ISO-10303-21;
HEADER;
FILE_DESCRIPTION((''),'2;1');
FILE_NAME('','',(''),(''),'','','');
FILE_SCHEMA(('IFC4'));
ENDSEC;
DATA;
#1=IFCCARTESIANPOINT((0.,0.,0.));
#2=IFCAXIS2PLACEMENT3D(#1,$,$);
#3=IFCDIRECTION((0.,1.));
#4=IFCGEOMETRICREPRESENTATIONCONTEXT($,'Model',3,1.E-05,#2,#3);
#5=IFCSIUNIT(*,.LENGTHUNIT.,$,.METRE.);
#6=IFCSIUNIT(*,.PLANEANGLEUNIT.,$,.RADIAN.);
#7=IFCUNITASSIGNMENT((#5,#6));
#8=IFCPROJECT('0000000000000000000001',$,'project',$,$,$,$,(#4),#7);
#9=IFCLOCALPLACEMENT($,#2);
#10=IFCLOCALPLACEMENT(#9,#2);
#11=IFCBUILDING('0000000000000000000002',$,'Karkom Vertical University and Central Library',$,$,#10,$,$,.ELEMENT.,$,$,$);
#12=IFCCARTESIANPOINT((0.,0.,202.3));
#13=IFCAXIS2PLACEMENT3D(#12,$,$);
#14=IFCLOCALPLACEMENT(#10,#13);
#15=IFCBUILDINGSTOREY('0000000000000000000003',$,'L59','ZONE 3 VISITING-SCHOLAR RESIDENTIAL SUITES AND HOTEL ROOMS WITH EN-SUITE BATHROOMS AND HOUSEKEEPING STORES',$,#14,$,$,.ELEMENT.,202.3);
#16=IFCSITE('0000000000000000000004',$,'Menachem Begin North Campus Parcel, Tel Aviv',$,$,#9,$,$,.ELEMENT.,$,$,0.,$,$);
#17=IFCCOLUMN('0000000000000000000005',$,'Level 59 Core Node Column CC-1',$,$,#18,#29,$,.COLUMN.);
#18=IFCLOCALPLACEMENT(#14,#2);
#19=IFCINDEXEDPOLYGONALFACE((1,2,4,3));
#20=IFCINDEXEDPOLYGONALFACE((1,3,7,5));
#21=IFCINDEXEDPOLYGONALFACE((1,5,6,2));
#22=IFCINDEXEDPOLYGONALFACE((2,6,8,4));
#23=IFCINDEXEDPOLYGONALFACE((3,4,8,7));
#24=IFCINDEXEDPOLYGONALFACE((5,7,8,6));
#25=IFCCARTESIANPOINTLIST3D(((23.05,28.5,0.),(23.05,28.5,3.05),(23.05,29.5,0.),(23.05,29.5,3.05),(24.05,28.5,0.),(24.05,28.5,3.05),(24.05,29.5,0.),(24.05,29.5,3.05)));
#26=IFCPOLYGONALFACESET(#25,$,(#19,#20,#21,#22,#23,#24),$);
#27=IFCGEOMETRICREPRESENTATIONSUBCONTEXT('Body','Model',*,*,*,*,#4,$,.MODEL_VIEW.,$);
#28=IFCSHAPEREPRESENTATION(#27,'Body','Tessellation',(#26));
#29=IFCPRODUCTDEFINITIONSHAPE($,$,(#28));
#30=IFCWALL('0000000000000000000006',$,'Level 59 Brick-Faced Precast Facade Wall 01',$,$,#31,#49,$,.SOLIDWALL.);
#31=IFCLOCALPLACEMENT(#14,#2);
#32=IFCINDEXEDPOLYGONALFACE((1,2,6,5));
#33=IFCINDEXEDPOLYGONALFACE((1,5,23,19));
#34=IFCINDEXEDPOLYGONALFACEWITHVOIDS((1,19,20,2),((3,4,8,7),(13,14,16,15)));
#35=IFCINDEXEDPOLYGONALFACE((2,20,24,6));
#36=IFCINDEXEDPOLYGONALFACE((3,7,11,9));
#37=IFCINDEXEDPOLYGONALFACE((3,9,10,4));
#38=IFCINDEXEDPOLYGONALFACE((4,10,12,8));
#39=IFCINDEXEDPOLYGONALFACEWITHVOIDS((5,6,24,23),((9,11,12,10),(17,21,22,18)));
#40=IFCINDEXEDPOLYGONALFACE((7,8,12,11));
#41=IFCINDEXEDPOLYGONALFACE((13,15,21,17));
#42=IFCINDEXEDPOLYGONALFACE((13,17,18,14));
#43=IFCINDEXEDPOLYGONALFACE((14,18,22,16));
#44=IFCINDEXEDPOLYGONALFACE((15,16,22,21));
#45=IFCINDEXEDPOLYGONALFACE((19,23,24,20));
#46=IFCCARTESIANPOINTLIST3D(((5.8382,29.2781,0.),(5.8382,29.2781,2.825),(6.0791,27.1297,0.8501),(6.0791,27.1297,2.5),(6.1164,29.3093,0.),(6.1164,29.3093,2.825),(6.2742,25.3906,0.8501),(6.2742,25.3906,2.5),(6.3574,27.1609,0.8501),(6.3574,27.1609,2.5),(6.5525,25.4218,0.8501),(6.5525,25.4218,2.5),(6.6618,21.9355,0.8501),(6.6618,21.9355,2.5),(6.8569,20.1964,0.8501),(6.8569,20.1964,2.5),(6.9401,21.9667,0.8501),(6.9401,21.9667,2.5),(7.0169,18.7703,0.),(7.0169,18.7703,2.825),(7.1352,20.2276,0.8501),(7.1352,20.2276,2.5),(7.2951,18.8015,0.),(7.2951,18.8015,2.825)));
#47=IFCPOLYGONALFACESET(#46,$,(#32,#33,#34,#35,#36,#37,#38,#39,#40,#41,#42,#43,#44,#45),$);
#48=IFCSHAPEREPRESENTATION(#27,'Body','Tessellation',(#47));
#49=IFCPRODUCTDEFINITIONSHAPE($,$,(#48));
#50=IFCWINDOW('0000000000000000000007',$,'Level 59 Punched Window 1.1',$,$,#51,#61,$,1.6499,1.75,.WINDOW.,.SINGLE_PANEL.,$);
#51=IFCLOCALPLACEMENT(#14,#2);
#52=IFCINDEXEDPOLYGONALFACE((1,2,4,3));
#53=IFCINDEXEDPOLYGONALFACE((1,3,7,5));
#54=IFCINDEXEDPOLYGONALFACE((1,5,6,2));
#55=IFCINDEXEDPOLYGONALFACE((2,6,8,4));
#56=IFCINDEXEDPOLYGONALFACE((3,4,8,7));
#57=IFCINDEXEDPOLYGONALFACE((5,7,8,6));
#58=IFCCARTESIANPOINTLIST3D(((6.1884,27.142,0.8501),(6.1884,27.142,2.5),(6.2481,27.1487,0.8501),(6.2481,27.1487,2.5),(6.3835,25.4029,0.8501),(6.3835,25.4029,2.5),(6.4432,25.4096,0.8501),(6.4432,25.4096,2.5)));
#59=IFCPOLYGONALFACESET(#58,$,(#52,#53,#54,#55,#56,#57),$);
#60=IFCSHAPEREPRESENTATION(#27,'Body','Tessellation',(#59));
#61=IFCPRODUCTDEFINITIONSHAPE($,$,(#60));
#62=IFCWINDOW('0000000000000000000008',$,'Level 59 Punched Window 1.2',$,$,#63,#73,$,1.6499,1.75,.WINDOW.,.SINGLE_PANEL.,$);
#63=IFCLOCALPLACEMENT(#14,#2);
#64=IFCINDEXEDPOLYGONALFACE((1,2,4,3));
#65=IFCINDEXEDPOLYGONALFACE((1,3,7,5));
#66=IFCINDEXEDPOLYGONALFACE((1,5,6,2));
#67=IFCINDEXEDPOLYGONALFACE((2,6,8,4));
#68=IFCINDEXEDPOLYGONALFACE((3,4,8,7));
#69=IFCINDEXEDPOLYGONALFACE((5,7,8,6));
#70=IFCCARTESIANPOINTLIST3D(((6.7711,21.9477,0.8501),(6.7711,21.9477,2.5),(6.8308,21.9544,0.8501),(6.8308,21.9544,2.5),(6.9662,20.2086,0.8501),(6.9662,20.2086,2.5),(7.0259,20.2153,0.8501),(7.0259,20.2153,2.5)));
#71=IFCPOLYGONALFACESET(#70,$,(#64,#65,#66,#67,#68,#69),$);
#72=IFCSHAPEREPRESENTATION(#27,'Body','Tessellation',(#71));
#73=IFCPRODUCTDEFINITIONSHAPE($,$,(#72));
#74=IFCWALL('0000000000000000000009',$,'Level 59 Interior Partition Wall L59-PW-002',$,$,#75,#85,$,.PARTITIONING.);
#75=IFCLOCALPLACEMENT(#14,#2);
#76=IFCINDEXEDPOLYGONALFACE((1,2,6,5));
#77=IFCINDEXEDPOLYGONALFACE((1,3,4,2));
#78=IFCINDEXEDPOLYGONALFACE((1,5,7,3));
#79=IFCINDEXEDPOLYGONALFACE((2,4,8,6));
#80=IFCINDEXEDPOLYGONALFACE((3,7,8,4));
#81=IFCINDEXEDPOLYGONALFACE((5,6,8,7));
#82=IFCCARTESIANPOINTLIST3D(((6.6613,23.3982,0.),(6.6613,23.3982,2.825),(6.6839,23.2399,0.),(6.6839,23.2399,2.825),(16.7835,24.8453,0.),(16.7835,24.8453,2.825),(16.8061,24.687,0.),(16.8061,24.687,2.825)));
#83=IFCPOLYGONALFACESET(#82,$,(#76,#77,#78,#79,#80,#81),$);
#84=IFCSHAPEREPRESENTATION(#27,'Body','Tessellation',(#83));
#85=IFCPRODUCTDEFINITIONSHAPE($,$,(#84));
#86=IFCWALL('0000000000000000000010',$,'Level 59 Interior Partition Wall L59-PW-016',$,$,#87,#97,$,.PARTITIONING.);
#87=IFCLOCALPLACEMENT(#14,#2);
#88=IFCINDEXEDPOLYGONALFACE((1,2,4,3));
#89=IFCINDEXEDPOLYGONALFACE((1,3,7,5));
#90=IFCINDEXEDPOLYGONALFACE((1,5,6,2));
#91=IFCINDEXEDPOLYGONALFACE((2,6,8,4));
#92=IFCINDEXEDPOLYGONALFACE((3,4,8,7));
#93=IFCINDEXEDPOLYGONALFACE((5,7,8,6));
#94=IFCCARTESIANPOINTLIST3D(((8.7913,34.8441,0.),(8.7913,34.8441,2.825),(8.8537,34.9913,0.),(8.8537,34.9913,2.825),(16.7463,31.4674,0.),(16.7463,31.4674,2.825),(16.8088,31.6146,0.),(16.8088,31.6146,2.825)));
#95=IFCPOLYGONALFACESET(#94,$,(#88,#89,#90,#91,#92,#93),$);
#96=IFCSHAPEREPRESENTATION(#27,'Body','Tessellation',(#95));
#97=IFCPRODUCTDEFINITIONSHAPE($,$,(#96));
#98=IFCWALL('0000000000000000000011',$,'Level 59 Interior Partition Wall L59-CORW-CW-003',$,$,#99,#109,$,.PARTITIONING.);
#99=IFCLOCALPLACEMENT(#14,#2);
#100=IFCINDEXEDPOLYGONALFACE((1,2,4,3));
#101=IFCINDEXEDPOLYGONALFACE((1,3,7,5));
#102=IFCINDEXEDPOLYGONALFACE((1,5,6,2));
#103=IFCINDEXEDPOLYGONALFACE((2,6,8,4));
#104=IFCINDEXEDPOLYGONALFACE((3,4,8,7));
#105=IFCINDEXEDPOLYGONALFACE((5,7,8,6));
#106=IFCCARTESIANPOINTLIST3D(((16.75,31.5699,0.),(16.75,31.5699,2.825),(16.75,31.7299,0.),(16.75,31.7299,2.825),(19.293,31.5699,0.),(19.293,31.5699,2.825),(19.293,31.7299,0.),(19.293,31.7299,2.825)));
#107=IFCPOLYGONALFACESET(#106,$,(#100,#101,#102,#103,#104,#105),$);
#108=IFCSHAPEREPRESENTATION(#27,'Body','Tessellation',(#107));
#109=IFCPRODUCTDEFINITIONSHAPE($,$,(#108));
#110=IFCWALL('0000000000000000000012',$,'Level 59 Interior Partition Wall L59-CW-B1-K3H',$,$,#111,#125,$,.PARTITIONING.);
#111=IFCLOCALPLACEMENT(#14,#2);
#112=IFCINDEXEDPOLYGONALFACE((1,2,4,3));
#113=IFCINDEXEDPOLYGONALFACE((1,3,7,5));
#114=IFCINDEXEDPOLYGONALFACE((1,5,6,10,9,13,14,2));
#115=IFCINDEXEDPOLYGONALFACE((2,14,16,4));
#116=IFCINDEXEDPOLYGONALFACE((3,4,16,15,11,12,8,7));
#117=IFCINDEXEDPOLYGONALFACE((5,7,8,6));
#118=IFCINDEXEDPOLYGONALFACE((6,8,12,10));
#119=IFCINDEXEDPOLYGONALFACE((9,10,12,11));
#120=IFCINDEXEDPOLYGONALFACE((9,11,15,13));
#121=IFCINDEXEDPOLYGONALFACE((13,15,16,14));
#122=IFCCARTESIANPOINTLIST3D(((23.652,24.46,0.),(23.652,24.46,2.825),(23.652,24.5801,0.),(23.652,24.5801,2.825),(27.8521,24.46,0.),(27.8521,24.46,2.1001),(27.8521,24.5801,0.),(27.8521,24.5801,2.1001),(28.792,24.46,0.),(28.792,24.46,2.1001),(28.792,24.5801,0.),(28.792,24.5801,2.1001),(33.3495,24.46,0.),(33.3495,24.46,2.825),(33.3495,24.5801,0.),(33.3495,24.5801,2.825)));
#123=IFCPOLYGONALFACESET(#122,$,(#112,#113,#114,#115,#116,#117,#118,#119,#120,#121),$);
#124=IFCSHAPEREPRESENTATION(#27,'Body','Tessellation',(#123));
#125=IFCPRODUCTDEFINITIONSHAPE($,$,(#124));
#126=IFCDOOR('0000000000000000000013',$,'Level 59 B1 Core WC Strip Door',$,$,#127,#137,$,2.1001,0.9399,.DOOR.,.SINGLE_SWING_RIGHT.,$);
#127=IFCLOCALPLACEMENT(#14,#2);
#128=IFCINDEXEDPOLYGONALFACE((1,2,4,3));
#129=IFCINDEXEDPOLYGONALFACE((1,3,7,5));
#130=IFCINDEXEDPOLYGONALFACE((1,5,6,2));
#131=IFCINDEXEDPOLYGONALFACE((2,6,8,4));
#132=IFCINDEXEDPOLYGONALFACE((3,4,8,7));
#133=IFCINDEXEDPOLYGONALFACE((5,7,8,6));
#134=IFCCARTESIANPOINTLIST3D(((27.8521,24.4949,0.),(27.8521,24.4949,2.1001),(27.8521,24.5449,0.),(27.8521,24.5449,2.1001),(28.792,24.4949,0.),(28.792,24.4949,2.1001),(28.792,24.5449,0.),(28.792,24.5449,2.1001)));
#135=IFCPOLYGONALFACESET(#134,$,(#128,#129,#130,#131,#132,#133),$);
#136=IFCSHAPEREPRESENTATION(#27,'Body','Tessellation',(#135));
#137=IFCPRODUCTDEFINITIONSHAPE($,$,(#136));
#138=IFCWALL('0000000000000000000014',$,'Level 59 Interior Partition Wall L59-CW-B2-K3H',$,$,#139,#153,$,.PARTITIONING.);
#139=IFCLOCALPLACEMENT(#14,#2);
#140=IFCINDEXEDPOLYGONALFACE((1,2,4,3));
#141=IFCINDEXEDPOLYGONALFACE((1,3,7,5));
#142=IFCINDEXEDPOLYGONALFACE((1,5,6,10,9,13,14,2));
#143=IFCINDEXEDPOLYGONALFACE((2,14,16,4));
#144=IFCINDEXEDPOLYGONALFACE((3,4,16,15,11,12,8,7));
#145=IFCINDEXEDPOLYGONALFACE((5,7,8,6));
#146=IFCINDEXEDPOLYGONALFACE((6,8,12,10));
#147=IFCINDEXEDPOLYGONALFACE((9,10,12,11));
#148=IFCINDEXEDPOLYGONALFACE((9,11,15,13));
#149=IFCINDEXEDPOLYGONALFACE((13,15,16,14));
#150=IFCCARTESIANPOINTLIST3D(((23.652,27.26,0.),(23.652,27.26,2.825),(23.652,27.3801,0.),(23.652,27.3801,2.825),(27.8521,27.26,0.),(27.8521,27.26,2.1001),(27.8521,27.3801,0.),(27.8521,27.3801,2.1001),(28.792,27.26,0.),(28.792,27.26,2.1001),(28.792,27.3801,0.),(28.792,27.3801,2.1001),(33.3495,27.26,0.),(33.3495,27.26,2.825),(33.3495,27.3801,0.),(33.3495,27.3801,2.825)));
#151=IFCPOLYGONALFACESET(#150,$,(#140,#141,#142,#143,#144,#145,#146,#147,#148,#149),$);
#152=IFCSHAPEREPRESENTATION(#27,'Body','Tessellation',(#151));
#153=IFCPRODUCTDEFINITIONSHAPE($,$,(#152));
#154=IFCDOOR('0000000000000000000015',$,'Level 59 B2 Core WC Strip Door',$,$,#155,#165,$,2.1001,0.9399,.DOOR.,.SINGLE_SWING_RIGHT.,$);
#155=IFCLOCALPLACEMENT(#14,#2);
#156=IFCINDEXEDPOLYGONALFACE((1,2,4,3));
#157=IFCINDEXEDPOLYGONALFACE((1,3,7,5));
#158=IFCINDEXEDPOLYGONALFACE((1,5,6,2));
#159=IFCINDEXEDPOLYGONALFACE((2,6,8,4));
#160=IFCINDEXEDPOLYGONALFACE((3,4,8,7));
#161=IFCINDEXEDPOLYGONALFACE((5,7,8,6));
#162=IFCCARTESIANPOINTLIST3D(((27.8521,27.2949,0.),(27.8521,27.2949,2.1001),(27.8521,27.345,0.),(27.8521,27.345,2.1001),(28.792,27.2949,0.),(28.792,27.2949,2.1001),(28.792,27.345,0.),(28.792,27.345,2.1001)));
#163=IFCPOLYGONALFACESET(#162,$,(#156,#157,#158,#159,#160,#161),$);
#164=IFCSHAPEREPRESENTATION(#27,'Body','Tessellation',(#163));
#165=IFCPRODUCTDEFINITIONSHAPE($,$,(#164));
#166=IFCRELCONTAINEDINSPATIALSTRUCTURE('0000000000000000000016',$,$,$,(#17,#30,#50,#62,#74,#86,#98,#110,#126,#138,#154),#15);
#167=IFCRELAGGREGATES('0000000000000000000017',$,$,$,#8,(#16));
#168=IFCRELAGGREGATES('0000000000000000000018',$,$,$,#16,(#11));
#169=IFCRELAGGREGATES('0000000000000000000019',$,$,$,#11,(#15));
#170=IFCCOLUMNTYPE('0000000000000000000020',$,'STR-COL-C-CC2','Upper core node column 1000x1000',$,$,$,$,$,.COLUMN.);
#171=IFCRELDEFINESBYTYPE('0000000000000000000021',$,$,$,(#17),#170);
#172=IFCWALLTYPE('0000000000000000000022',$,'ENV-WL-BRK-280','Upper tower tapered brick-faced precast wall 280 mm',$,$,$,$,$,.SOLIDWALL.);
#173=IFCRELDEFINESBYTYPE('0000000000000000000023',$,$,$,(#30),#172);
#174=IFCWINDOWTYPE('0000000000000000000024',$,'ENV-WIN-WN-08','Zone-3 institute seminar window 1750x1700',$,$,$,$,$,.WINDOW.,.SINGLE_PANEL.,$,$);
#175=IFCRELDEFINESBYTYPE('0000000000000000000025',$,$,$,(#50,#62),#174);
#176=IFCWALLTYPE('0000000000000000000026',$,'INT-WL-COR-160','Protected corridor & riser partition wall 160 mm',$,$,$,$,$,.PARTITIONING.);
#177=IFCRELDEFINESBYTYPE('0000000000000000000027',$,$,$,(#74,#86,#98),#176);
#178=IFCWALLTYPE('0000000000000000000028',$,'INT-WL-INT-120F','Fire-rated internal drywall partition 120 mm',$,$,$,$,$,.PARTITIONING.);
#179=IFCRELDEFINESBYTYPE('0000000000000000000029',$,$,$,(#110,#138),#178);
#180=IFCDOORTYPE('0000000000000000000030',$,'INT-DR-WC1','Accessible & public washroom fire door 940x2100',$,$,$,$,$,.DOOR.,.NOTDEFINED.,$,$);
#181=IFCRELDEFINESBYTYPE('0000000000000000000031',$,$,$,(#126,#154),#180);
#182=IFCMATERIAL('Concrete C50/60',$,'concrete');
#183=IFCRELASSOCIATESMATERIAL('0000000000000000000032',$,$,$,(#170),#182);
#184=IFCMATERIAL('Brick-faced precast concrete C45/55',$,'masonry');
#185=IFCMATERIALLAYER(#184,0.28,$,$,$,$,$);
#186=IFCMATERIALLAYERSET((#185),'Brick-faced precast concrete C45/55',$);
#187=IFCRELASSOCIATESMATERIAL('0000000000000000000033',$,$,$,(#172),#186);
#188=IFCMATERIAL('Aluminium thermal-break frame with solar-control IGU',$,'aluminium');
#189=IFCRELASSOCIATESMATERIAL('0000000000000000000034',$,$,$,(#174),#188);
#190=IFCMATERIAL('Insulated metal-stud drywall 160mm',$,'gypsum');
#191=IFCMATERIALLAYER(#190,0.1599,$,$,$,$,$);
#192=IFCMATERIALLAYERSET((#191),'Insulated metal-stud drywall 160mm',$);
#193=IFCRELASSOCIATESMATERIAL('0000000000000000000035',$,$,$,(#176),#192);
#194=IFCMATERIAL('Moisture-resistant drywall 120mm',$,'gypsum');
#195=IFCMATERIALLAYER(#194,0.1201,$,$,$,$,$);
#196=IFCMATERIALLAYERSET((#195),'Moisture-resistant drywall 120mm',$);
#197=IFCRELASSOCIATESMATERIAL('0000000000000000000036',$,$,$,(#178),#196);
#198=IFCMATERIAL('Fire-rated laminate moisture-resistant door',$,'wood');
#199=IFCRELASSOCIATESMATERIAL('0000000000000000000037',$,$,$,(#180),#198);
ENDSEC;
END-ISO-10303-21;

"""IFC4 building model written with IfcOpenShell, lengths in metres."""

from ifc_helpers import new_model, si_unit, direction, frame, frame_2d, origin, origin_with_axes, origin_2d, place, context, subcontext, project, spatial, rectangle, extrude, source, transform, mapped, material, layer, layer_set, material_profile, profile_set, type_object, element, fill, save


model = new_model("IFC4")

# Units and contexts
model_context = context("Model", 3, precision=1e-05, world=origin(), true_north=direction((0.0, 1.0)))
body_context = subcontext(model_context, "Body", "Model", "MODEL_VIEW")
ifc_project = project(units=[si_unit("LENGTHUNIT", "METRE"), si_unit("PLANEANGLEUNIT", "RADIAN")], contexts=[model_context])

# Site, building, storey
site_placement = place(None, origin())
site = spatial("IfcSite", under=ifc_project, at=site_placement, Name="Menachem Begin North Campus Parcel, Tel Aviv", CompositionType="ELEMENT", RefElevation=0.0)
building_placement = place(site_placement, origin())
building = spatial("IfcBuilding", under=site, at=building_placement, Name="Karkom Vertical University and Central Library", CompositionType="ELEMENT")
storey_placement = place(building_placement, frame((0.0, 0.0, 202.3)))
storey = spatial("IfcBuildingStorey", under=building, at=storey_placement, Name="L59", Description="ZONE 3 VISITING-SCHOLAR RESIDENTIAL SUITES AND HOTEL ROOMS WITH EN-SUITE BATHROOMS AND HOUSEKEEPING STORES", CompositionType="ELEMENT", Elevation=202.3)

# Column
ifc_material_1 = material(Name="Concrete C50/60", Category="concrete")
ifc_material_profile = material_profile(ifc_material_1, rectangle(XDim=1.0, YDim=1.0, at=origin_2d()), Name="RC-1000x1000")
ifc_profile_set = profile_set([ifc_material_profile], Name="Concrete C50/60")
column_type = type_object("IfcColumnType", Name="STR-COL-C-CC2", Description="Upper core node column 1000x1000", PredefinedType="COLUMN", material=ifc_profile_set)
shared_shape_1 = source(origin_with_axes(), body_context, "Body", "SweptSolid", [
    extrude(rectangle(XDim=1.0, YDim=1.0, at=origin_2d()), origin(), (0.0, 0.0, 1.0), 3.05),
])
column_placement = place(storey_placement, frame((23.55, 29.0, 0.0), z_axis=(0.0, 0.0, 1.0), x_axis=(1.0, 0.0, 0.0)))
element("IfcColumn", 1, at=column_placement, inside=storey, type_object=column_type, Name="Level 59 Core Node Column CC-1", PredefinedType="COLUMN", context=body_context, shape_type="MappedRepresentation", body=[
    mapped(shared_shape_1, transform((0.0, 0.0, 0.0), scale=1.0)),
])

# Wall, openings, windows
ifc_material_2 = material(Name="Brick-faced precast concrete C45/55", Category="masonry")
ifc_layer_1 = layer(ifc_material_2, 0.28)
ifc_layer_set_1 = layer_set([ifc_layer_1], Name="Brick-faced precast concrete C45/55")
wall_type_1 = type_object("IfcWallType", Name="ENV-WL-BRK-280", Description="Upper tower tapered brick-faced precast wall 280 mm", PredefinedType="SOLIDWALL", material=ifc_layer_set_1)
wall_1_placement = place(storey_placement, frame((5.9773, 29.2937, 0.0), z_axis=(0.0, 0.0, 1.0), x_axis=(0.111476, -0.993767, 0.0)))
wall_1 = element("IfcWall", 2, at=wall_1_placement, inside=storey, type_object=wall_type_1, Name="Level 59 Brick-Faced Precast Facade Wall 01", PredefinedType="SOLIDWALL", context=body_context, shape_type="SweptSolid", body=[
    extrude(rectangle(XDim=10.5737, YDim=0.28, at=frame_2d((5.2869, 0.0))), origin(), (0.0, 0.0, 1.0), 2.825),
])
opening_1_placement = place(wall_1_placement, frame((2.1619, 0.0, 0.8501)))
opening_1 = element("IfcOpeningElement", 3, at=opening_1_placement, cuts=wall_1, PredefinedType="OPENING", context=body_context, shape_type="SweptSolid", body=[
    extrude(rectangle(XDim=1.75, YDim=1.6499, at=frame_2d((0.875, 0.825))), frame((0.0, 0.1499, 0.0), z_axis=(0.0, -1.0, 0.0), x_axis=(1.0, 0.0, 0.0)), (0.0, 0.0, 1.0), 0.3),
])
opening_2_placement = place(wall_1_placement, frame((7.3887, 0.0, 0.8501)))
opening_2 = element("IfcOpeningElement", 4, at=opening_2_placement, cuts=wall_1, PredefinedType="OPENING", context=body_context, shape_type="SweptSolid", body=[
    extrude(rectangle(XDim=1.75, YDim=1.6499, at=frame_2d((0.875, 0.825))), frame((0.0, 0.1499, 0.0), z_axis=(0.0, -1.0, 0.0), x_axis=(1.0, 0.0, 0.0)), (0.0, 0.0, 1.0), 0.3),
])
ifc_material_3 = material(Name="Aluminium thermal-break frame with solar-control IGU", Category="aluminium")
window_type = type_object("IfcWindowType", Name="ENV-WIN-WN-08", Description="Zone-3 institute seminar window 1750x1700", PartitioningType="SINGLE_PANEL", PredefinedType="WINDOW", material=ifc_material_3)
shared_shape_2 = source(origin_with_axes(), body_context, "Body", "SweptSolid", [
    extrude(rectangle(XDim=1.75, YDim=1.6499, at=frame_2d((0.875, 0.825))), frame((0.0, 0.03, 0.0), z_axis=(0.0, -1.0, 0.0), x_axis=(1.0, 0.0, 0.0)), (0.0, 0.0, 1.0), 0.0601),
])
window_1_placement = place(opening_1_placement, origin())
window_1 = element("IfcWindow", 5, at=window_1_placement, inside=storey, type_object=window_type, Name="Level 59 Punched Window 1.1", OverallHeight=1.6499, OverallWidth=1.75, PartitioningType="SINGLE_PANEL", PredefinedType="WINDOW", context=body_context, shape_type="MappedRepresentation", body=[
    mapped(shared_shape_2, transform((0.0, 0.0, 0.0), scale=1.0)),
])
fill(opening_1, window_1)
window_2_placement = place(opening_2_placement, origin())
window_2 = element("IfcWindow", 6, at=window_2_placement, inside=storey, type_object=window_type, Name="Level 59 Punched Window 1.2", OverallHeight=1.6499, OverallWidth=1.75, PartitioningType="SINGLE_PANEL", PredefinedType="WINDOW", context=body_context, shape_type="MappedRepresentation", body=[
    mapped(shared_shape_2, transform((0.0, 0.0, 0.0), scale=1.0)),
])
fill(opening_2, window_2)

# Walls
ifc_material_4 = material(Name="Insulated metal-stud drywall 160mm", Category="gypsum")
ifc_layer_2 = layer(ifc_material_4, 0.1599)
ifc_layer_set_2 = layer_set([ifc_layer_2], Name="Insulated metal-stud drywall 160mm")
wall_type_2 = type_object("IfcWallType", Name="INT-WL-COR-160", Description="Protected corridor & riser partition wall 160 mm", PredefinedType="PARTITIONING", material=ifc_layer_set_2)
wall_2_placement = place(storey_placement, frame((6.6726, 23.3191, 0.0), z_axis=(0.0, 0.0, 1.0), x_axis=(0.989936, 0.141518, 0.0)))
element("IfcWall", 7, at=wall_2_placement, inside=storey, type_object=wall_type_2, Name="Level 59 Interior Partition Wall L59-PW-002", PredefinedType="PARTITIONING", context=body_context, shape_type="SweptSolid", body=[
    extrude(rectangle(XDim=10.2251, YDim=0.1599, at=frame_2d((5.1125, 0.0))), origin(), (0.0, 0.0, 1.0), 2.825),
])
wall_3_placement = place(storey_placement, frame((16.7776, 31.541, 0.0), z_axis=(0.0, 0.0, 1.0), x_axis=(-0.920506, 0.390729, 0.0)))
element("IfcWall", 8, at=wall_3_placement, inside=storey, type_object=wall_type_2, Name="Level 59 Interior Partition Wall L59-PW-016", PredefinedType="PARTITIONING", context=body_context, shape_type="SweptSolid", body=[
    extrude(rectangle(XDim=8.6421, YDim=0.1599, at=frame_2d((4.321, 0.0))), origin(), (0.0, 0.0, 1.0), 2.825),
])
wall_4_placement = place(storey_placement, frame((16.75, 31.6499, 0.0), z_axis=(0.0, 0.0, 1.0), x_axis=(1.0, 0.0, 0.0)))
element("IfcWall", 9, at=wall_4_placement, inside=storey, type_object=wall_type_2, Name="Level 59 Interior Partition Wall L59-CORW-CW-003", PredefinedType="PARTITIONING", context=body_context, shape_type="SweptSolid", body=[
    extrude(rectangle(XDim=2.543, YDim=0.1599, at=frame_2d((1.2715, 0.0))), origin(), (0.0, 0.0, 1.0), 2.825),
])

# Walls, openings, doors
ifc_material_5 = material(Name="Moisture-resistant drywall 120mm", Category="gypsum")
ifc_layer_3 = layer(ifc_material_5, 0.1201)
ifc_layer_set_3 = layer_set([ifc_layer_3], Name="Moisture-resistant drywall 120mm")
wall_type_3 = type_object("IfcWallType", Name="INT-WL-INT-120F", Description="Fire-rated internal drywall partition 120 mm", PredefinedType="PARTITIONING", material=ifc_layer_set_3)
wall_5_placement = place(storey_placement, frame((23.6521, 24.52, 0.0), z_axis=(0.0, 0.0, 1.0), x_axis=(1.0, 0.0, 0.0)))
wall_5 = element("IfcWall", 10, at=wall_5_placement, inside=storey, type_object=wall_type_3, Name="Level 59 Interior Partition Wall L59-CW-B1-K3H", PredefinedType="PARTITIONING", context=body_context, shape_type="SweptSolid", body=[
    extrude(rectangle(XDim=9.6975, YDim=0.1201, at=frame_2d((4.8486, 0.0))), origin(), (0.0, 0.0, 1.0), 2.825),
])
opening_3_placement = place(wall_5_placement, frame((4.2, 0.0, 0.0)))
opening_3 = element("IfcOpeningElement", 11, at=opening_3_placement, cuts=wall_5, PredefinedType="OPENING", context=body_context, shape_type="SweptSolid", body=[
    extrude(rectangle(XDim=0.9399, YDim=2.1001, at=frame_2d((0.47, 1.05))), frame((0.0, 0.0701, 0.0), z_axis=(0.0, -1.0, 0.0), x_axis=(1.0, 0.0, 0.0)), (0.0, 0.0, 1.0), 0.1401),
])
ifc_material_6 = material(Name="Fire-rated laminate moisture-resistant door", Category="wood")
door_type_1 = type_object("IfcDoorType", Name="INT-DR-WC1", Description="Accessible & public washroom fire door 940x2100", OperationType="NOTDEFINED", PredefinedType="DOOR", material=ifc_material_6)
shared_shape_3 = source(origin_with_axes(), body_context, "Body", "SweptSolid", [
    extrude(rectangle(XDim=0.9399, YDim=2.1001, at=frame_2d((0.47, 1.05))), frame((0.0, 0.0249, 0.0), z_axis=(0.0, -1.0, 0.0), x_axis=(1.0, 0.0, 0.0)), (0.0, 0.0, 1.0), 0.05),
])
door_1_placement = place(opening_3_placement, origin())
door_1 = element("IfcDoor", 12, at=door_1_placement, inside=storey, type_object=door_type_1, Name="Level 59 B1 Core WC Strip Door", OperationType="SINGLE_SWING_RIGHT", OverallHeight=2.1001, OverallWidth=0.9399, PredefinedType="DOOR", context=body_context, shape_type="MappedRepresentation", body=[
    mapped(shared_shape_3, transform((0.0, 0.0, 0.0), scale=1.0)),
])
fill(opening_3, door_1)
wall_6_placement = place(storey_placement, frame((23.6521, 27.3201, 0.0), z_axis=(0.0, 0.0, 1.0), x_axis=(1.0, 0.0, 0.0)))
wall_6 = element("IfcWall", 13, at=wall_6_placement, inside=storey, type_object=wall_type_3, Name="Level 59 Interior Partition Wall L59-CW-B2-K3H", PredefinedType="PARTITIONING", context=body_context, shape_type="SweptSolid", body=[
    extrude(rectangle(XDim=9.6975, YDim=0.1201, at=frame_2d((4.8486, 0.0))), origin(), (0.0, 0.0, 1.0), 2.825),
])
opening_4_placement = place(wall_6_placement, frame((4.2, 0.0, 0.0)))
opening_4 = element("IfcOpeningElement", 14, at=opening_4_placement, cuts=wall_6, PredefinedType="OPENING", context=body_context, shape_type="SweptSolid", body=[
    extrude(rectangle(XDim=0.9399, YDim=2.1001, at=frame_2d((0.47, 1.05))), frame((0.0, 0.0701, 0.0), z_axis=(0.0, -1.0, 0.0), x_axis=(1.0, 0.0, 0.0)), (0.0, 0.0, 1.0), 0.1401),
])
door_2_placement = place(opening_4_placement, origin())
door_2 = element("IfcDoor", 15, at=door_2_placement, inside=storey, type_object=door_type_1, Name="Level 59 B2 Core WC Strip Door", OperationType="SINGLE_SWING_RIGHT", OverallHeight=2.1001, OverallWidth=0.9399, PredefinedType="DOOR", context=body_context, shape_type="MappedRepresentation", body=[
    mapped(shared_shape_3, transform((0.0, 0.0, 0.0), scale=1.0)),
])
fill(opening_4, door_2)

save(model, "model.ifc")
